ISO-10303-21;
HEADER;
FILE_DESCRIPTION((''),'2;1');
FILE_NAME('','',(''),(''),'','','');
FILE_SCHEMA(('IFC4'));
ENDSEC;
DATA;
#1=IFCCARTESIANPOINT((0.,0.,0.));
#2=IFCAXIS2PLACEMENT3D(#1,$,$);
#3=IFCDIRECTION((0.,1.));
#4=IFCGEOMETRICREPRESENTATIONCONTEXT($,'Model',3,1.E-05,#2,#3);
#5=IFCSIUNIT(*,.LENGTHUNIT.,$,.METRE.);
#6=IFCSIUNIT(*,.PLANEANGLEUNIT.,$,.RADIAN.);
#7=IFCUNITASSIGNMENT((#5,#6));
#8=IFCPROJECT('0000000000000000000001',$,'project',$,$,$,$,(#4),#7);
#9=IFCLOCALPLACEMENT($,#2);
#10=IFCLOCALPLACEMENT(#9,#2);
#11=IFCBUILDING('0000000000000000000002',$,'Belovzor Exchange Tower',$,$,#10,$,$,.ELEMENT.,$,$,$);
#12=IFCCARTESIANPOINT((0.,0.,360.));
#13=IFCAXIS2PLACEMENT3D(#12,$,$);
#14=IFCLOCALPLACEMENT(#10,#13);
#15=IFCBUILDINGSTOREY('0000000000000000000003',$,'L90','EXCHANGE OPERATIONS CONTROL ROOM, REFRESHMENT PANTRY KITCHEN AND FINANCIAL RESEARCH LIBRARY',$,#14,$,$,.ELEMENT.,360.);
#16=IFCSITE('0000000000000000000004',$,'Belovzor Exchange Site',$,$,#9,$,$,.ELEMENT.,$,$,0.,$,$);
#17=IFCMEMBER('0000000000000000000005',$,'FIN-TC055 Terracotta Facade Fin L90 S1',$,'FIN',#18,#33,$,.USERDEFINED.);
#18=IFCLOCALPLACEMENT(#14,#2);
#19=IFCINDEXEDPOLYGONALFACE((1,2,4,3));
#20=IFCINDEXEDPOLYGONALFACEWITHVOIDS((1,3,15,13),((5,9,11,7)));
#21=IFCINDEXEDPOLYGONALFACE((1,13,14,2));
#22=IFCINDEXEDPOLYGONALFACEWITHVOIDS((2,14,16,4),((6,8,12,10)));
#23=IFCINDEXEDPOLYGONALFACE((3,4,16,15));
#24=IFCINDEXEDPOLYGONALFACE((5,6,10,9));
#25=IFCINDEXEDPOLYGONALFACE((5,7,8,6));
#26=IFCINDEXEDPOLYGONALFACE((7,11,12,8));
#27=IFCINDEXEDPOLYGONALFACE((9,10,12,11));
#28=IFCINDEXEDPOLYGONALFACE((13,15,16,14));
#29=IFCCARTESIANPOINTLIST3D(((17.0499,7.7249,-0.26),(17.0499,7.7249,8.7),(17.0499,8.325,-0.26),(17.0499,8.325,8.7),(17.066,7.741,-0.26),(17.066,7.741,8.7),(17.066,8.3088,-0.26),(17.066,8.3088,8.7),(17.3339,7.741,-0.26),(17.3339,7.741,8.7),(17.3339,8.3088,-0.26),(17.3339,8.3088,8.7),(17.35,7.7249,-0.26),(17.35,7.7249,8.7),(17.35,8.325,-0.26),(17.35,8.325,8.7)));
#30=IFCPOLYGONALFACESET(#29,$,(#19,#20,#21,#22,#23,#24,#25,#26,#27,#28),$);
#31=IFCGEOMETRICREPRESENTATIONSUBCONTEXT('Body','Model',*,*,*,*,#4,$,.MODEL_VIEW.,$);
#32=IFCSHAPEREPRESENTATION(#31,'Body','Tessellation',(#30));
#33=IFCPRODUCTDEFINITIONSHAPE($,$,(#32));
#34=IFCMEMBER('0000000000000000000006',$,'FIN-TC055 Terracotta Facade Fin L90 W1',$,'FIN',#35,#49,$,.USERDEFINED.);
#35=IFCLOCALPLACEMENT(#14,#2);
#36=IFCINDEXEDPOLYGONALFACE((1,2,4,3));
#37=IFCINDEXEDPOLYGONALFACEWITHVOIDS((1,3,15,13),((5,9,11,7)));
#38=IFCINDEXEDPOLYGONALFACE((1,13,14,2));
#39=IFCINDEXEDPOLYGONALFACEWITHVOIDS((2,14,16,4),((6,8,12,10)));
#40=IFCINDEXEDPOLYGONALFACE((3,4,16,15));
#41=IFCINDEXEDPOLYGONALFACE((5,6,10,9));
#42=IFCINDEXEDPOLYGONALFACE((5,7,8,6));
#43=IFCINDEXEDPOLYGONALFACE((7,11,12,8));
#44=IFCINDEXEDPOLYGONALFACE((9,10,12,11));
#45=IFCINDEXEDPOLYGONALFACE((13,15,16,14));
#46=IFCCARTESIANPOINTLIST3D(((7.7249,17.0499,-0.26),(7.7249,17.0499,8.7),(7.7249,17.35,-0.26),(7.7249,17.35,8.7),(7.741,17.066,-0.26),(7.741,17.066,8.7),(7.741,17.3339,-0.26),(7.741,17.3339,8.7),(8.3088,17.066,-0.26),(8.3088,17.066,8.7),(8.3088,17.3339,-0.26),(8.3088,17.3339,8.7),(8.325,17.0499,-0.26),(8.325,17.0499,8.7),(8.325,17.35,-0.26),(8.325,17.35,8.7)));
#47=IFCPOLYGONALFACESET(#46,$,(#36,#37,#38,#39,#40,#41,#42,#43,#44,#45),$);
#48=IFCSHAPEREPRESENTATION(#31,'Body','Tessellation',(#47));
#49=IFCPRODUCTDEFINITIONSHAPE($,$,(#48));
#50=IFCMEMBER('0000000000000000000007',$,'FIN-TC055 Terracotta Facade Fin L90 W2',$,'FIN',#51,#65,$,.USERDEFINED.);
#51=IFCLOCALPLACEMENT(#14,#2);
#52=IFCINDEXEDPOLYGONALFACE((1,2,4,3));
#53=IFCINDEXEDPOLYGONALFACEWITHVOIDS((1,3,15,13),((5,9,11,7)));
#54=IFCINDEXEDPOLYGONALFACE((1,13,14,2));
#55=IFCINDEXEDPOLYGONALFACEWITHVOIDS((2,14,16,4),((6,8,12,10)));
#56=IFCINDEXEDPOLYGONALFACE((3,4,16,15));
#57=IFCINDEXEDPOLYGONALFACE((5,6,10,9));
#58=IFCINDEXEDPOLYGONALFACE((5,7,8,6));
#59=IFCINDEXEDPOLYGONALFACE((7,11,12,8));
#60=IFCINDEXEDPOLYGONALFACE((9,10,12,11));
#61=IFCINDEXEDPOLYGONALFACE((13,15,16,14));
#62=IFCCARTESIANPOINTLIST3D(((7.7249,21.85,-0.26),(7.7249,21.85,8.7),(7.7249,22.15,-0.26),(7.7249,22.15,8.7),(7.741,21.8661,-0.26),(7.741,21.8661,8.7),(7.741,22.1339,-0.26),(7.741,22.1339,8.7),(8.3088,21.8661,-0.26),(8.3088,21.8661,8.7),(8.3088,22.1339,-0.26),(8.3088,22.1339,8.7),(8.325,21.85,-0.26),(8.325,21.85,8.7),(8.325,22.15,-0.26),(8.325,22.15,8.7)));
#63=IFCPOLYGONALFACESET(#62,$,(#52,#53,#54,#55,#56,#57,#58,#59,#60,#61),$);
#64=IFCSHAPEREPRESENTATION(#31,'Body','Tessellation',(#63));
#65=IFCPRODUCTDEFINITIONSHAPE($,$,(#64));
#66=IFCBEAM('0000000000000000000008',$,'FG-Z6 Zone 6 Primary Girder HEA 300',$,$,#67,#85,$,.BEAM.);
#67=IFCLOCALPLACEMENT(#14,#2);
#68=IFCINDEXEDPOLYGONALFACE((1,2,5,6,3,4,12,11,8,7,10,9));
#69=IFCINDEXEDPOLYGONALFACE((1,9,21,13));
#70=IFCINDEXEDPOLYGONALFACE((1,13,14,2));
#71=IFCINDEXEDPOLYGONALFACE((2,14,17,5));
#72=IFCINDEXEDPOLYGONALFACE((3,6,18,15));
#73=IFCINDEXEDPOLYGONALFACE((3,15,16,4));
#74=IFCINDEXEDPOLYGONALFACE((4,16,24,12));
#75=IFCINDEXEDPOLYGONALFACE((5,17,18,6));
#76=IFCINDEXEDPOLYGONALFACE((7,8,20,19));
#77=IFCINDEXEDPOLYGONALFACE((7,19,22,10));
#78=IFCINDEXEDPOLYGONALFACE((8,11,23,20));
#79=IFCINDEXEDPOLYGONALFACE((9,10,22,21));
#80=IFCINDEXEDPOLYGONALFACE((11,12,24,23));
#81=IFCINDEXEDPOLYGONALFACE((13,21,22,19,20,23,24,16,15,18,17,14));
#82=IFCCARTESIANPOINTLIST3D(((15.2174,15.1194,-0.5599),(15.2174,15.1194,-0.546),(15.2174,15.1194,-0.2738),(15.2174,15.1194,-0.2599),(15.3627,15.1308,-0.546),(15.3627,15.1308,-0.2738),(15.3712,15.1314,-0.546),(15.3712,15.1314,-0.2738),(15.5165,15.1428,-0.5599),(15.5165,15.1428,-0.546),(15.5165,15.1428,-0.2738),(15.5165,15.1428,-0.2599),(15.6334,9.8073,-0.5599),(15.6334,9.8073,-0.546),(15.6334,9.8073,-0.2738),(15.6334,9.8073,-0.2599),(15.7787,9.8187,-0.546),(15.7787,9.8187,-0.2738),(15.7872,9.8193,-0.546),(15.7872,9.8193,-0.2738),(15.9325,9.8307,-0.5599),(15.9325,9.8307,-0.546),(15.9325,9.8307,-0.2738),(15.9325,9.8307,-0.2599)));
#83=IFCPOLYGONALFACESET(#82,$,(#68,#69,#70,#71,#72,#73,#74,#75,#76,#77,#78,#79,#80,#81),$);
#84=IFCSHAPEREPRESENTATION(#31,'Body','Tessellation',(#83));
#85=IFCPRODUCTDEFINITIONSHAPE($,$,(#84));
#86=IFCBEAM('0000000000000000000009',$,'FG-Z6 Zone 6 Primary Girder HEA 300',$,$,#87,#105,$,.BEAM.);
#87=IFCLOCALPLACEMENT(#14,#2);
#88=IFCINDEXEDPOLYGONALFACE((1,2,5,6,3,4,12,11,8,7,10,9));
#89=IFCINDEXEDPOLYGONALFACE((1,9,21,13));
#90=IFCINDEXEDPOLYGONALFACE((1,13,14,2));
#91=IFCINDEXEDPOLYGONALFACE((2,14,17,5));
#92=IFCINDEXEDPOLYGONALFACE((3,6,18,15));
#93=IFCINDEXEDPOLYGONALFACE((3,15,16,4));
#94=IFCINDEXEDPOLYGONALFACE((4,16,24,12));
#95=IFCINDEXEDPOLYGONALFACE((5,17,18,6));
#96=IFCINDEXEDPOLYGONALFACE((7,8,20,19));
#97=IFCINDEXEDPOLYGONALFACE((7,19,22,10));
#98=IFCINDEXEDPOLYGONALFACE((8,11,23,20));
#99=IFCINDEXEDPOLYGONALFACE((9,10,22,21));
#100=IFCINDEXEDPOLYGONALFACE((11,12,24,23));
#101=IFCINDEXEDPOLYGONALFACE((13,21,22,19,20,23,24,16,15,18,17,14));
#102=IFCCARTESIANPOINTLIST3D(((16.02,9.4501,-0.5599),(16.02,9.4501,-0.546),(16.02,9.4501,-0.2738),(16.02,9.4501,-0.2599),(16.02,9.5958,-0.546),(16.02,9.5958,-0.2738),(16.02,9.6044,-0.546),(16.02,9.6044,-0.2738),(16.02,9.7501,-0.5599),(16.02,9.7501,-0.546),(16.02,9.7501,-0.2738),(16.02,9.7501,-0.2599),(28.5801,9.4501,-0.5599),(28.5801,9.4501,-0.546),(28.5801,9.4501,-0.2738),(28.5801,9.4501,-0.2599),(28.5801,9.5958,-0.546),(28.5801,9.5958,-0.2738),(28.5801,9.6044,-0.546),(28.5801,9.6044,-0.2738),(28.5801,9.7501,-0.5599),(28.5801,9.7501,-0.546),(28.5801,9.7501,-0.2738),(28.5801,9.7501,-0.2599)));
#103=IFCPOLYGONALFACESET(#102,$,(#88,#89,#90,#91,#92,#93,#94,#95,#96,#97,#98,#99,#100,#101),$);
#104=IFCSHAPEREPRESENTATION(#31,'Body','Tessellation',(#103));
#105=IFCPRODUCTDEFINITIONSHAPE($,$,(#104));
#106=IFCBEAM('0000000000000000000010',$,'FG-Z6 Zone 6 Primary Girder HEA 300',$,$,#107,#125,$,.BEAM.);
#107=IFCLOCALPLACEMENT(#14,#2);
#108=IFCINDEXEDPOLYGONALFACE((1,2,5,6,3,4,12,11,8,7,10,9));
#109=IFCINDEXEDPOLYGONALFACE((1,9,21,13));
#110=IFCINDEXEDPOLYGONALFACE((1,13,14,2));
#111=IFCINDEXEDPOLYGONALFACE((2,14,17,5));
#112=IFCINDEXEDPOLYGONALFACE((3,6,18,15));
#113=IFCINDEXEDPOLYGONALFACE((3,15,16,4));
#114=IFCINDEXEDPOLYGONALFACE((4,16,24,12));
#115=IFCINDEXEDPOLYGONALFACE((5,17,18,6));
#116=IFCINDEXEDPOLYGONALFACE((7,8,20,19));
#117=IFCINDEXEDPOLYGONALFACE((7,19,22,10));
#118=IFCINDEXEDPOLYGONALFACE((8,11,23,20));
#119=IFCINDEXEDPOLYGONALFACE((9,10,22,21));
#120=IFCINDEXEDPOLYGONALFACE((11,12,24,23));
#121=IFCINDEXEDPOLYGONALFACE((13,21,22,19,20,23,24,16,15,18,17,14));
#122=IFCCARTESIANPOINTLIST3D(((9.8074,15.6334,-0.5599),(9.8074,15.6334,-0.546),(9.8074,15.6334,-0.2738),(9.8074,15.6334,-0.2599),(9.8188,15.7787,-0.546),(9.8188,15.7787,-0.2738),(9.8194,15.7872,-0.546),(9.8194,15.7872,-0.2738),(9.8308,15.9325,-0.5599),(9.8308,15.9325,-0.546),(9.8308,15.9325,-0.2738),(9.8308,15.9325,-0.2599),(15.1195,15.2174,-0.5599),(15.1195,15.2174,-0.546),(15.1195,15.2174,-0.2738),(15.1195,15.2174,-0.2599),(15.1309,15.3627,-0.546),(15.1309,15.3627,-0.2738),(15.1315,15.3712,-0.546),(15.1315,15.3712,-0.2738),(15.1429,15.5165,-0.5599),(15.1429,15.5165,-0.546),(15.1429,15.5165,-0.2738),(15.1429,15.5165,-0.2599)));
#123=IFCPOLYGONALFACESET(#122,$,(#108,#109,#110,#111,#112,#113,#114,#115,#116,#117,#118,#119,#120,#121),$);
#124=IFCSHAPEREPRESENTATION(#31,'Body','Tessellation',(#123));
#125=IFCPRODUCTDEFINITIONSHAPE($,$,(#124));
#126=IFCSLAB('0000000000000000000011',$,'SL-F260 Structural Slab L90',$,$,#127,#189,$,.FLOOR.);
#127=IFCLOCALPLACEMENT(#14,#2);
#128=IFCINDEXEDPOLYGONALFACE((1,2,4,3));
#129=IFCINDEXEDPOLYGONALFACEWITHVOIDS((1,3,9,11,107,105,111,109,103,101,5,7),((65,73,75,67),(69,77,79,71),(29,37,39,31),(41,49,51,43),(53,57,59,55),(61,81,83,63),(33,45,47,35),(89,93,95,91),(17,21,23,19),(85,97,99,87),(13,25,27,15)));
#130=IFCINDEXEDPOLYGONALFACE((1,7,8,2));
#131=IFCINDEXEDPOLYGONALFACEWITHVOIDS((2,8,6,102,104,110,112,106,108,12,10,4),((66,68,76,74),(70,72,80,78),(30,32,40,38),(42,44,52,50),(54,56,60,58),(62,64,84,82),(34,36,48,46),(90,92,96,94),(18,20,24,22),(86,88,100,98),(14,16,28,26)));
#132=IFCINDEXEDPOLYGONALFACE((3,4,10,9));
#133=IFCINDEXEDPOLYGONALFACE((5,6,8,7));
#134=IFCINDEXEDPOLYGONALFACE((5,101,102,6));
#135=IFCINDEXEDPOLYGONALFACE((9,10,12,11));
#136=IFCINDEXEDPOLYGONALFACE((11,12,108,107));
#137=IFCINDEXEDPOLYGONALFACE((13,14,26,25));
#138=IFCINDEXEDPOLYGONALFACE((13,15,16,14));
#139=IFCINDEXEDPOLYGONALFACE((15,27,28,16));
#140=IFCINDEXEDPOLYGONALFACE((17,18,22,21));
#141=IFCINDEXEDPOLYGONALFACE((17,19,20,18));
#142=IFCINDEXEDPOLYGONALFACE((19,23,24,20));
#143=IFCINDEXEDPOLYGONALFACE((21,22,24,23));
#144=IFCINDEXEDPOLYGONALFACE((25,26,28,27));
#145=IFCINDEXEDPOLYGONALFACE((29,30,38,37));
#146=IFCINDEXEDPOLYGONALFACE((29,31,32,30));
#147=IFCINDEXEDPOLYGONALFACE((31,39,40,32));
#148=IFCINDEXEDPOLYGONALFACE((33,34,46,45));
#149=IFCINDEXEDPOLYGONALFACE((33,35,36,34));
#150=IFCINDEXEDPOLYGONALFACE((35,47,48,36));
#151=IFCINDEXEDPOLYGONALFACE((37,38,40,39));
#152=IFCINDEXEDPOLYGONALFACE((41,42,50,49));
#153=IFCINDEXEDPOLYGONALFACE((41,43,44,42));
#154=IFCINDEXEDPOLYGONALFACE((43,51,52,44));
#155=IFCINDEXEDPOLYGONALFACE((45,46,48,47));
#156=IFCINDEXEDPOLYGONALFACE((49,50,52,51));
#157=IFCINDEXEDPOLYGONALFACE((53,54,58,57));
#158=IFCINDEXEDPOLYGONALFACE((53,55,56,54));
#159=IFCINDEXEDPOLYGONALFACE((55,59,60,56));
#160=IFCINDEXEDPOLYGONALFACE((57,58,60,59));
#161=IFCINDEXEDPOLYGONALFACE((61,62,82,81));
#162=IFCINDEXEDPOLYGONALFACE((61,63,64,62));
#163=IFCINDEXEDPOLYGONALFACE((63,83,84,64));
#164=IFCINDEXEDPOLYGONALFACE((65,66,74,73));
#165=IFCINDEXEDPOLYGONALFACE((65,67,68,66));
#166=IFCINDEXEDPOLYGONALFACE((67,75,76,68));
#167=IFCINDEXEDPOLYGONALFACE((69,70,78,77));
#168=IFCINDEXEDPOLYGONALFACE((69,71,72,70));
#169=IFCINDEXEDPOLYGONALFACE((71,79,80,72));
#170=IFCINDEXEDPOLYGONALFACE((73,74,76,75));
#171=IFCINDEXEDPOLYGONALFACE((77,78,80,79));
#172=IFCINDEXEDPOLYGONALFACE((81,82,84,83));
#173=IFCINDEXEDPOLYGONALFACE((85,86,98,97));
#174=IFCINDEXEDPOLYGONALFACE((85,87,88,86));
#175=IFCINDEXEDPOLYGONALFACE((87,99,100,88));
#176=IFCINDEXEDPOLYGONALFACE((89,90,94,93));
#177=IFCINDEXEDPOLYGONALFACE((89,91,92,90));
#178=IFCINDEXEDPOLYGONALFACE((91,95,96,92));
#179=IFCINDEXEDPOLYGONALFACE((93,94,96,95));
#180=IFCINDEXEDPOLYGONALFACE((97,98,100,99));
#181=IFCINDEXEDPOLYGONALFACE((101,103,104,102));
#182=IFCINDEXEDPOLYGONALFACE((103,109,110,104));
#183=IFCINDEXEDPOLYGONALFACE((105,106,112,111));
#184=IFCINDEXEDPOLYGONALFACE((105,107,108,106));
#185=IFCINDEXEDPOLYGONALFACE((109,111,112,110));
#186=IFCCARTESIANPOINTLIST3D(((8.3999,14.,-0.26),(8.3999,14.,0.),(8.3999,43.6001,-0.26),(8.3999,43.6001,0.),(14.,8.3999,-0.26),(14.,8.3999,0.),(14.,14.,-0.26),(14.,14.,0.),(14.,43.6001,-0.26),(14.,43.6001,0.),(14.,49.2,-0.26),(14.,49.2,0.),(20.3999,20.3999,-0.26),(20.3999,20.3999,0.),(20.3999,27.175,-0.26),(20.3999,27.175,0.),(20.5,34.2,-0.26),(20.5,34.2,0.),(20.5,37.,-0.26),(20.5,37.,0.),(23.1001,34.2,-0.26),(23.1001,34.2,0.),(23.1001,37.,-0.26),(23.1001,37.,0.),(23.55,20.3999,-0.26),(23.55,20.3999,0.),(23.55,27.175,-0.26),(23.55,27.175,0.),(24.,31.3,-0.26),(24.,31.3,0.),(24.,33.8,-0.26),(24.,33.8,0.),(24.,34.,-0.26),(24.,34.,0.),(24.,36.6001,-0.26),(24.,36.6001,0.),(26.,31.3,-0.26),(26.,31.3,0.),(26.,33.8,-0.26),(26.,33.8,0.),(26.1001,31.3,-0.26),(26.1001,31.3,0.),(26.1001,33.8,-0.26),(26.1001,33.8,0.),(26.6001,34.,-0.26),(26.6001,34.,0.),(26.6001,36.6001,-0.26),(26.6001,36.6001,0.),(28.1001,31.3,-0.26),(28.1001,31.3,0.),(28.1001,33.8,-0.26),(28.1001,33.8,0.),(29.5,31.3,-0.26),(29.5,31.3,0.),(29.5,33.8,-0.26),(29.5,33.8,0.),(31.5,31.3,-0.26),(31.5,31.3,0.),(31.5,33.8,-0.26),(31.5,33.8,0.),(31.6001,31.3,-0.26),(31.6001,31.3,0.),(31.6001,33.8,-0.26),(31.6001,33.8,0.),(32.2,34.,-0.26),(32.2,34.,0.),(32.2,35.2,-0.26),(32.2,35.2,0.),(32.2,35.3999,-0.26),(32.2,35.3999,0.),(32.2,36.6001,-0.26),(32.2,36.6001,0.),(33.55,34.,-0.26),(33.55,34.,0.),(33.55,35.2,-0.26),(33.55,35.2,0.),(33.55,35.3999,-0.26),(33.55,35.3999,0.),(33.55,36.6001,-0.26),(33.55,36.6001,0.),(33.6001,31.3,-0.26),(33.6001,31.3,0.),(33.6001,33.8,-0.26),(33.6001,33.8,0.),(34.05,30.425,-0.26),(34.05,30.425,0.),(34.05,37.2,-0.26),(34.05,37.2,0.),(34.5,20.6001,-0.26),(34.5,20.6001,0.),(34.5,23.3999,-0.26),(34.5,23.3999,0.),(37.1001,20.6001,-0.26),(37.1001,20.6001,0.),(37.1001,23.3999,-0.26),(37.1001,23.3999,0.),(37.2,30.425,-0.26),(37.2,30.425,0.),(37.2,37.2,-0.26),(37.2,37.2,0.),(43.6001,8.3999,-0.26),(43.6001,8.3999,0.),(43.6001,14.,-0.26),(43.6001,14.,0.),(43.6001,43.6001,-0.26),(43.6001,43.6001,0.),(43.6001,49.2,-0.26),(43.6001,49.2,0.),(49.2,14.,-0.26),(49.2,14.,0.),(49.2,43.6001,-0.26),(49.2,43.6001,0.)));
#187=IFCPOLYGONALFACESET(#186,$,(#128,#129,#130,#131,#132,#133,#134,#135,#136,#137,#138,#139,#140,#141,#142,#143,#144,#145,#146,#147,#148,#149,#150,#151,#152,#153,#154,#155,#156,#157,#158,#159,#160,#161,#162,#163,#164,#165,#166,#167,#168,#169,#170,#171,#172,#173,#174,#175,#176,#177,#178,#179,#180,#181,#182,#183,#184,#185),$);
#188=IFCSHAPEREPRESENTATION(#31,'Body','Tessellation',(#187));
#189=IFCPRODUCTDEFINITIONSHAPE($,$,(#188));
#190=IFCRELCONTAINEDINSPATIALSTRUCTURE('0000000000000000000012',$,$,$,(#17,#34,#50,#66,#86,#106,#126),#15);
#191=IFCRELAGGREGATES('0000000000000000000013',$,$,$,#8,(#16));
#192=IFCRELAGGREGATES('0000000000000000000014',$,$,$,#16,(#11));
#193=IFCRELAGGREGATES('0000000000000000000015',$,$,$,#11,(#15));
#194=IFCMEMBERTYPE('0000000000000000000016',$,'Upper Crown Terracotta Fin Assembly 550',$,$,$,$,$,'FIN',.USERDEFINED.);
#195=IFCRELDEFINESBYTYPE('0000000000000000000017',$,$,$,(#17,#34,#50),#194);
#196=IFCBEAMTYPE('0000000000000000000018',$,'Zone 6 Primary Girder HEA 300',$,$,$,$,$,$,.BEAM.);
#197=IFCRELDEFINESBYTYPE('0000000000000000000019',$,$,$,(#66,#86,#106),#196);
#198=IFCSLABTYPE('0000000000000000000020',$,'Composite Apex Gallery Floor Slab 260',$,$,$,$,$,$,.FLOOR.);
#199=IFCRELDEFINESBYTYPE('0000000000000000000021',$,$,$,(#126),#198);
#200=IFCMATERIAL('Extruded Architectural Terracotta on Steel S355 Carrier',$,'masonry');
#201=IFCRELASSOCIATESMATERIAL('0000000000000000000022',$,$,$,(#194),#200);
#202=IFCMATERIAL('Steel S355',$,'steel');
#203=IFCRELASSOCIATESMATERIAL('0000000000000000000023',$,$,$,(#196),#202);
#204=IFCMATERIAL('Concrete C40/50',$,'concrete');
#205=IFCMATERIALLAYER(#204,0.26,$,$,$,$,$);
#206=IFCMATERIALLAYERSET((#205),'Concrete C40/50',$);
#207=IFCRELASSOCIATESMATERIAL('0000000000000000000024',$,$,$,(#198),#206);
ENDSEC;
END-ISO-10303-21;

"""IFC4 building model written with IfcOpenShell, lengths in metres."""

from ifc_helpers import new_model, si_unit, direction, frame, origin, origin_2d, place, context, subcontext, project, spatial, polyline, hollow_rectangle, i_section, outline, extrude, material, layer, layer_set, material_profile, profile_set, type_object, element, save


model = new_model("IFC4")

# Units and contexts
model_context = context("Model", 3, precision=1e-05, world=origin(), true_north=direction((0.0, 1.0)))
body_context = subcontext(model_context, "Body", "Model", "MODEL_VIEW")
ifc_project = project(units=[si_unit("LENGTHUNIT", "METRE"), si_unit("PLANEANGLEUNIT", "RADIAN")], contexts=[model_context])

# Site, building, storey
site_placement = place(None, origin())
site = spatial("IfcSite", under=ifc_project, at=site_placement, Name="Belovzor Exchange Site", CompositionType="ELEMENT", RefElevation=0.0)
building_placement = place(site_placement, origin())
building = spatial("IfcBuilding", under=site, at=building_placement, Name="Belovzor Exchange Tower", CompositionType="ELEMENT")
storey_placement = place(building_placement, frame((0.0, 0.0, 360.0)))
storey = spatial("IfcBuildingStorey", under=building, at=storey_placement, Name="L90", Description="EXCHANGE OPERATIONS CONTROL ROOM, REFRESHMENT PANTRY KITCHEN AND FINANCIAL RESEARCH LIBRARY", CompositionType="ELEMENT", Elevation=360.0)

# Members
ifc_material_1 = material(Name="Extruded Architectural Terracotta on Steel S355 Carrier", Category="masonry")
ifc_material_profile_1 = material_profile(ifc_material_1, hollow_rectangle(XDim=0.3, YDim=0.6001, WallThickness=0.0161, at=origin_2d()))
ifc_profile_set_1 = profile_set([ifc_material_profile_1], Name="Extruded Architectural Terracotta on Steel S355 Carrier")
member_type_1 = type_object("IfcMemberType", Name="Upper Crown Terracotta Fin Assembly 550", ElementType="FIN", PredefinedType="USERDEFINED", material=ifc_profile_set_1)
for number, where, z_axis, x_axis, name in (
    (1, (17.2, 8.0249, -0.26), (0.0, 0.0, 1.0), (1.0, 0.0, 0.0), "FIN-TC055 Terracotta Facade Fin L90 S1"),
    (2, (8.0249, 17.2, -0.26), (0.0, 0.0, 1.0), (0.0, 1.0, 0.0), "FIN-TC055 Terracotta Facade Fin L90 W1"),
    (3, (8.0249, 22.0, -0.26), (0.0, 0.0, 1.0), (0.0, 1.0, 0.0), "FIN-TC055 Terracotta Facade Fin L90 W2"),
):
    element("IfcMember", number, at=place(storey_placement, frame(where, z_axis=z_axis, x_axis=x_axis)), inside=storey, type_object=member_type_1, Name=name, ObjectType="FIN", PredefinedType="USERDEFINED", context=body_context, shape_type="SweptSolid", body=[
        extrude(hollow_rectangle(XDim=0.3, YDim=0.6001, WallThickness=0.0161, at=origin_2d()), origin(), (0.0, 0.0, 1.0), 8.96),
    ])

# Beams
ifc_material_2 = material(Name="Steel S355", Category="steel")
ifc_material_profile_2 = material_profile(ifc_material_2, i_section(OverallWidth=0.3, OverallDepth=0.3, WebThickness=0.0085, FlangeThickness=0.0139, at=origin_2d()))
ifc_profile_set_2 = profile_set([ifc_material_profile_2], Name="Steel S355")
beam_type_1 = type_object("IfcBeamType", Name="Zone 6 Primary Girder HEA 300", PredefinedType="BEAM", material=ifc_profile_set_2)
beam_1_placement = place(storey_placement, frame((15.3669, 15.1311, -0.4099), z_axis=(0.078077, -0.996947, 0.0), x_axis=(0.996947, 0.078077, 0.0)))
element("IfcBeam", 4, at=beam_1_placement, inside=storey, type_object=beam_type_1, Name="FG-Z6 Zone 6 Primary Girder HEA 300", PredefinedType="BEAM", context=body_context, shape_type="SweptSolid", body=[
    extrude(i_section(OverallWidth=0.3, OverallDepth=0.3, WebThickness=0.0085, FlangeThickness=0.0139, at=origin_2d()), origin(), (0.0, 0.0, 1.0), 5.3284),
])
beam_2_placement = place(storey_placement, frame((16.02, 9.6001, -0.4099), z_axis=(1.0, 0.0, 0.0), x_axis=(0.0, 1.0, 0.0)))
element("IfcBeam", 5, at=beam_2_placement, inside=storey, type_object=beam_type_1, Name="FG-Z6 Zone 6 Primary Girder HEA 300", PredefinedType="BEAM", context=body_context, shape_type="SweptSolid", body=[
    extrude(i_section(OverallWidth=0.3, OverallDepth=0.3, WebThickness=0.0085, FlangeThickness=0.0139, at=origin_2d()), origin(), (0.0, 0.0, 1.0), 12.5601),
])
beam_3_placement = place(storey_placement, frame((9.8191, 15.783, -0.4099), z_axis=(0.996947, -0.078077, 0.0), x_axis=(0.078077, 0.996947, 0.0)))
element("IfcBeam", 6, at=beam_3_placement, inside=storey, type_object=beam_type_1, Name="FG-Z6 Zone 6 Primary Girder HEA 300", PredefinedType="BEAM", context=body_context, shape_type="SweptSolid", body=[
    extrude(i_section(OverallWidth=0.3, OverallDepth=0.3, WebThickness=0.0085, FlangeThickness=0.0139, at=origin_2d()), origin(), (0.0, 0.0, 1.0), 5.3284),
])

# Slab
ifc_material_3 = material(Name="Concrete C40/50", Category="concrete")
ifc_layer_1 = layer(ifc_material_3, 0.26)
ifc_layer_set_1 = layer_set([ifc_layer_1], Name="Concrete C40/50")
slab_type_1 = type_object("IfcSlabType", Name="Composite Apex Gallery Floor Slab 260", PredefinedType="FLOOR", material=ifc_layer_set_1)
slab_1_placement = place(storey_placement, frame((0.0, 0.0, -0.26)))
element("IfcSlab", 7, at=slab_1_placement, inside=storey, type_object=slab_type_1, Name="SL-F260 Structural Slab L90", PredefinedType="FLOOR", context=body_context, shape_type="SweptSolid", body=[
    extrude(outline(polyline([(14.0, 8.3999), (43.6001, 8.3999), (43.6001, 14.0), (49.2, 14.0), (49.2, 43.6001), (43.6001, 43.6001), (43.6001, 49.2), (14.0, 49.2), (14.0, 43.6001), (8.3999, 43.6001), (8.3999, 14.0), (14.0, 14.0), (14.0, 8.3999)]), holes=[polyline([(20.3999, 27.175), (20.3999, 20.3999), (23.55, 20.3999), (23.55, 27.175), (20.3999, 27.175)]), polyline([(37.2, 30.425), (37.2, 37.2), (34.05, 37.2), (34.05, 30.425), (37.2, 30.425)]), polyline([(20.5, 34.2), (23.1001, 34.2), (23.1001, 37.0), (20.5, 37.0), (20.5, 34.2)]), polyline([(34.5, 20.6001), (37.1001, 20.6001), (37.1001, 23.3999), (34.5, 23.3999), (34.5, 20.6001)]), polyline([(24.0, 34.0), (26.6001, 34.0), (26.6001, 36.6001), (24.0, 36.6001), (24.0, 34.0)]), polyline([(24.0, 31.3), (26.0, 31.3), (26.0, 33.8), (24.0, 33.8), (24.0, 31.3)]), polyline([(26.1001, 31.3), (28.1001, 31.3), (28.1001, 33.8), (26.1001, 33.8), (26.1001, 31.3)]), polyline([(29.5, 31.3), (31.5, 31.3), (31.5, 33.8), (29.5, 33.8), (29.5, 31.3)]), polyline([(31.6001, 31.3), (33.6001, 31.3), (33.6001, 33.8), (31.6001, 33.8), (31.6001, 31.3)]), polyline([(32.2, 34.0), (33.55, 34.0), (33.55, 35.2), (32.2, 35.2), (32.2, 34.0)]), polyline([(32.2, 35.3999), (33.55, 35.3999), (33.55, 36.6001), (32.2, 36.6001), (32.2, 35.3999)])]), origin(), (0.0, 0.0, 1.0), 0.26),
])

save(model, "model.ifc")
